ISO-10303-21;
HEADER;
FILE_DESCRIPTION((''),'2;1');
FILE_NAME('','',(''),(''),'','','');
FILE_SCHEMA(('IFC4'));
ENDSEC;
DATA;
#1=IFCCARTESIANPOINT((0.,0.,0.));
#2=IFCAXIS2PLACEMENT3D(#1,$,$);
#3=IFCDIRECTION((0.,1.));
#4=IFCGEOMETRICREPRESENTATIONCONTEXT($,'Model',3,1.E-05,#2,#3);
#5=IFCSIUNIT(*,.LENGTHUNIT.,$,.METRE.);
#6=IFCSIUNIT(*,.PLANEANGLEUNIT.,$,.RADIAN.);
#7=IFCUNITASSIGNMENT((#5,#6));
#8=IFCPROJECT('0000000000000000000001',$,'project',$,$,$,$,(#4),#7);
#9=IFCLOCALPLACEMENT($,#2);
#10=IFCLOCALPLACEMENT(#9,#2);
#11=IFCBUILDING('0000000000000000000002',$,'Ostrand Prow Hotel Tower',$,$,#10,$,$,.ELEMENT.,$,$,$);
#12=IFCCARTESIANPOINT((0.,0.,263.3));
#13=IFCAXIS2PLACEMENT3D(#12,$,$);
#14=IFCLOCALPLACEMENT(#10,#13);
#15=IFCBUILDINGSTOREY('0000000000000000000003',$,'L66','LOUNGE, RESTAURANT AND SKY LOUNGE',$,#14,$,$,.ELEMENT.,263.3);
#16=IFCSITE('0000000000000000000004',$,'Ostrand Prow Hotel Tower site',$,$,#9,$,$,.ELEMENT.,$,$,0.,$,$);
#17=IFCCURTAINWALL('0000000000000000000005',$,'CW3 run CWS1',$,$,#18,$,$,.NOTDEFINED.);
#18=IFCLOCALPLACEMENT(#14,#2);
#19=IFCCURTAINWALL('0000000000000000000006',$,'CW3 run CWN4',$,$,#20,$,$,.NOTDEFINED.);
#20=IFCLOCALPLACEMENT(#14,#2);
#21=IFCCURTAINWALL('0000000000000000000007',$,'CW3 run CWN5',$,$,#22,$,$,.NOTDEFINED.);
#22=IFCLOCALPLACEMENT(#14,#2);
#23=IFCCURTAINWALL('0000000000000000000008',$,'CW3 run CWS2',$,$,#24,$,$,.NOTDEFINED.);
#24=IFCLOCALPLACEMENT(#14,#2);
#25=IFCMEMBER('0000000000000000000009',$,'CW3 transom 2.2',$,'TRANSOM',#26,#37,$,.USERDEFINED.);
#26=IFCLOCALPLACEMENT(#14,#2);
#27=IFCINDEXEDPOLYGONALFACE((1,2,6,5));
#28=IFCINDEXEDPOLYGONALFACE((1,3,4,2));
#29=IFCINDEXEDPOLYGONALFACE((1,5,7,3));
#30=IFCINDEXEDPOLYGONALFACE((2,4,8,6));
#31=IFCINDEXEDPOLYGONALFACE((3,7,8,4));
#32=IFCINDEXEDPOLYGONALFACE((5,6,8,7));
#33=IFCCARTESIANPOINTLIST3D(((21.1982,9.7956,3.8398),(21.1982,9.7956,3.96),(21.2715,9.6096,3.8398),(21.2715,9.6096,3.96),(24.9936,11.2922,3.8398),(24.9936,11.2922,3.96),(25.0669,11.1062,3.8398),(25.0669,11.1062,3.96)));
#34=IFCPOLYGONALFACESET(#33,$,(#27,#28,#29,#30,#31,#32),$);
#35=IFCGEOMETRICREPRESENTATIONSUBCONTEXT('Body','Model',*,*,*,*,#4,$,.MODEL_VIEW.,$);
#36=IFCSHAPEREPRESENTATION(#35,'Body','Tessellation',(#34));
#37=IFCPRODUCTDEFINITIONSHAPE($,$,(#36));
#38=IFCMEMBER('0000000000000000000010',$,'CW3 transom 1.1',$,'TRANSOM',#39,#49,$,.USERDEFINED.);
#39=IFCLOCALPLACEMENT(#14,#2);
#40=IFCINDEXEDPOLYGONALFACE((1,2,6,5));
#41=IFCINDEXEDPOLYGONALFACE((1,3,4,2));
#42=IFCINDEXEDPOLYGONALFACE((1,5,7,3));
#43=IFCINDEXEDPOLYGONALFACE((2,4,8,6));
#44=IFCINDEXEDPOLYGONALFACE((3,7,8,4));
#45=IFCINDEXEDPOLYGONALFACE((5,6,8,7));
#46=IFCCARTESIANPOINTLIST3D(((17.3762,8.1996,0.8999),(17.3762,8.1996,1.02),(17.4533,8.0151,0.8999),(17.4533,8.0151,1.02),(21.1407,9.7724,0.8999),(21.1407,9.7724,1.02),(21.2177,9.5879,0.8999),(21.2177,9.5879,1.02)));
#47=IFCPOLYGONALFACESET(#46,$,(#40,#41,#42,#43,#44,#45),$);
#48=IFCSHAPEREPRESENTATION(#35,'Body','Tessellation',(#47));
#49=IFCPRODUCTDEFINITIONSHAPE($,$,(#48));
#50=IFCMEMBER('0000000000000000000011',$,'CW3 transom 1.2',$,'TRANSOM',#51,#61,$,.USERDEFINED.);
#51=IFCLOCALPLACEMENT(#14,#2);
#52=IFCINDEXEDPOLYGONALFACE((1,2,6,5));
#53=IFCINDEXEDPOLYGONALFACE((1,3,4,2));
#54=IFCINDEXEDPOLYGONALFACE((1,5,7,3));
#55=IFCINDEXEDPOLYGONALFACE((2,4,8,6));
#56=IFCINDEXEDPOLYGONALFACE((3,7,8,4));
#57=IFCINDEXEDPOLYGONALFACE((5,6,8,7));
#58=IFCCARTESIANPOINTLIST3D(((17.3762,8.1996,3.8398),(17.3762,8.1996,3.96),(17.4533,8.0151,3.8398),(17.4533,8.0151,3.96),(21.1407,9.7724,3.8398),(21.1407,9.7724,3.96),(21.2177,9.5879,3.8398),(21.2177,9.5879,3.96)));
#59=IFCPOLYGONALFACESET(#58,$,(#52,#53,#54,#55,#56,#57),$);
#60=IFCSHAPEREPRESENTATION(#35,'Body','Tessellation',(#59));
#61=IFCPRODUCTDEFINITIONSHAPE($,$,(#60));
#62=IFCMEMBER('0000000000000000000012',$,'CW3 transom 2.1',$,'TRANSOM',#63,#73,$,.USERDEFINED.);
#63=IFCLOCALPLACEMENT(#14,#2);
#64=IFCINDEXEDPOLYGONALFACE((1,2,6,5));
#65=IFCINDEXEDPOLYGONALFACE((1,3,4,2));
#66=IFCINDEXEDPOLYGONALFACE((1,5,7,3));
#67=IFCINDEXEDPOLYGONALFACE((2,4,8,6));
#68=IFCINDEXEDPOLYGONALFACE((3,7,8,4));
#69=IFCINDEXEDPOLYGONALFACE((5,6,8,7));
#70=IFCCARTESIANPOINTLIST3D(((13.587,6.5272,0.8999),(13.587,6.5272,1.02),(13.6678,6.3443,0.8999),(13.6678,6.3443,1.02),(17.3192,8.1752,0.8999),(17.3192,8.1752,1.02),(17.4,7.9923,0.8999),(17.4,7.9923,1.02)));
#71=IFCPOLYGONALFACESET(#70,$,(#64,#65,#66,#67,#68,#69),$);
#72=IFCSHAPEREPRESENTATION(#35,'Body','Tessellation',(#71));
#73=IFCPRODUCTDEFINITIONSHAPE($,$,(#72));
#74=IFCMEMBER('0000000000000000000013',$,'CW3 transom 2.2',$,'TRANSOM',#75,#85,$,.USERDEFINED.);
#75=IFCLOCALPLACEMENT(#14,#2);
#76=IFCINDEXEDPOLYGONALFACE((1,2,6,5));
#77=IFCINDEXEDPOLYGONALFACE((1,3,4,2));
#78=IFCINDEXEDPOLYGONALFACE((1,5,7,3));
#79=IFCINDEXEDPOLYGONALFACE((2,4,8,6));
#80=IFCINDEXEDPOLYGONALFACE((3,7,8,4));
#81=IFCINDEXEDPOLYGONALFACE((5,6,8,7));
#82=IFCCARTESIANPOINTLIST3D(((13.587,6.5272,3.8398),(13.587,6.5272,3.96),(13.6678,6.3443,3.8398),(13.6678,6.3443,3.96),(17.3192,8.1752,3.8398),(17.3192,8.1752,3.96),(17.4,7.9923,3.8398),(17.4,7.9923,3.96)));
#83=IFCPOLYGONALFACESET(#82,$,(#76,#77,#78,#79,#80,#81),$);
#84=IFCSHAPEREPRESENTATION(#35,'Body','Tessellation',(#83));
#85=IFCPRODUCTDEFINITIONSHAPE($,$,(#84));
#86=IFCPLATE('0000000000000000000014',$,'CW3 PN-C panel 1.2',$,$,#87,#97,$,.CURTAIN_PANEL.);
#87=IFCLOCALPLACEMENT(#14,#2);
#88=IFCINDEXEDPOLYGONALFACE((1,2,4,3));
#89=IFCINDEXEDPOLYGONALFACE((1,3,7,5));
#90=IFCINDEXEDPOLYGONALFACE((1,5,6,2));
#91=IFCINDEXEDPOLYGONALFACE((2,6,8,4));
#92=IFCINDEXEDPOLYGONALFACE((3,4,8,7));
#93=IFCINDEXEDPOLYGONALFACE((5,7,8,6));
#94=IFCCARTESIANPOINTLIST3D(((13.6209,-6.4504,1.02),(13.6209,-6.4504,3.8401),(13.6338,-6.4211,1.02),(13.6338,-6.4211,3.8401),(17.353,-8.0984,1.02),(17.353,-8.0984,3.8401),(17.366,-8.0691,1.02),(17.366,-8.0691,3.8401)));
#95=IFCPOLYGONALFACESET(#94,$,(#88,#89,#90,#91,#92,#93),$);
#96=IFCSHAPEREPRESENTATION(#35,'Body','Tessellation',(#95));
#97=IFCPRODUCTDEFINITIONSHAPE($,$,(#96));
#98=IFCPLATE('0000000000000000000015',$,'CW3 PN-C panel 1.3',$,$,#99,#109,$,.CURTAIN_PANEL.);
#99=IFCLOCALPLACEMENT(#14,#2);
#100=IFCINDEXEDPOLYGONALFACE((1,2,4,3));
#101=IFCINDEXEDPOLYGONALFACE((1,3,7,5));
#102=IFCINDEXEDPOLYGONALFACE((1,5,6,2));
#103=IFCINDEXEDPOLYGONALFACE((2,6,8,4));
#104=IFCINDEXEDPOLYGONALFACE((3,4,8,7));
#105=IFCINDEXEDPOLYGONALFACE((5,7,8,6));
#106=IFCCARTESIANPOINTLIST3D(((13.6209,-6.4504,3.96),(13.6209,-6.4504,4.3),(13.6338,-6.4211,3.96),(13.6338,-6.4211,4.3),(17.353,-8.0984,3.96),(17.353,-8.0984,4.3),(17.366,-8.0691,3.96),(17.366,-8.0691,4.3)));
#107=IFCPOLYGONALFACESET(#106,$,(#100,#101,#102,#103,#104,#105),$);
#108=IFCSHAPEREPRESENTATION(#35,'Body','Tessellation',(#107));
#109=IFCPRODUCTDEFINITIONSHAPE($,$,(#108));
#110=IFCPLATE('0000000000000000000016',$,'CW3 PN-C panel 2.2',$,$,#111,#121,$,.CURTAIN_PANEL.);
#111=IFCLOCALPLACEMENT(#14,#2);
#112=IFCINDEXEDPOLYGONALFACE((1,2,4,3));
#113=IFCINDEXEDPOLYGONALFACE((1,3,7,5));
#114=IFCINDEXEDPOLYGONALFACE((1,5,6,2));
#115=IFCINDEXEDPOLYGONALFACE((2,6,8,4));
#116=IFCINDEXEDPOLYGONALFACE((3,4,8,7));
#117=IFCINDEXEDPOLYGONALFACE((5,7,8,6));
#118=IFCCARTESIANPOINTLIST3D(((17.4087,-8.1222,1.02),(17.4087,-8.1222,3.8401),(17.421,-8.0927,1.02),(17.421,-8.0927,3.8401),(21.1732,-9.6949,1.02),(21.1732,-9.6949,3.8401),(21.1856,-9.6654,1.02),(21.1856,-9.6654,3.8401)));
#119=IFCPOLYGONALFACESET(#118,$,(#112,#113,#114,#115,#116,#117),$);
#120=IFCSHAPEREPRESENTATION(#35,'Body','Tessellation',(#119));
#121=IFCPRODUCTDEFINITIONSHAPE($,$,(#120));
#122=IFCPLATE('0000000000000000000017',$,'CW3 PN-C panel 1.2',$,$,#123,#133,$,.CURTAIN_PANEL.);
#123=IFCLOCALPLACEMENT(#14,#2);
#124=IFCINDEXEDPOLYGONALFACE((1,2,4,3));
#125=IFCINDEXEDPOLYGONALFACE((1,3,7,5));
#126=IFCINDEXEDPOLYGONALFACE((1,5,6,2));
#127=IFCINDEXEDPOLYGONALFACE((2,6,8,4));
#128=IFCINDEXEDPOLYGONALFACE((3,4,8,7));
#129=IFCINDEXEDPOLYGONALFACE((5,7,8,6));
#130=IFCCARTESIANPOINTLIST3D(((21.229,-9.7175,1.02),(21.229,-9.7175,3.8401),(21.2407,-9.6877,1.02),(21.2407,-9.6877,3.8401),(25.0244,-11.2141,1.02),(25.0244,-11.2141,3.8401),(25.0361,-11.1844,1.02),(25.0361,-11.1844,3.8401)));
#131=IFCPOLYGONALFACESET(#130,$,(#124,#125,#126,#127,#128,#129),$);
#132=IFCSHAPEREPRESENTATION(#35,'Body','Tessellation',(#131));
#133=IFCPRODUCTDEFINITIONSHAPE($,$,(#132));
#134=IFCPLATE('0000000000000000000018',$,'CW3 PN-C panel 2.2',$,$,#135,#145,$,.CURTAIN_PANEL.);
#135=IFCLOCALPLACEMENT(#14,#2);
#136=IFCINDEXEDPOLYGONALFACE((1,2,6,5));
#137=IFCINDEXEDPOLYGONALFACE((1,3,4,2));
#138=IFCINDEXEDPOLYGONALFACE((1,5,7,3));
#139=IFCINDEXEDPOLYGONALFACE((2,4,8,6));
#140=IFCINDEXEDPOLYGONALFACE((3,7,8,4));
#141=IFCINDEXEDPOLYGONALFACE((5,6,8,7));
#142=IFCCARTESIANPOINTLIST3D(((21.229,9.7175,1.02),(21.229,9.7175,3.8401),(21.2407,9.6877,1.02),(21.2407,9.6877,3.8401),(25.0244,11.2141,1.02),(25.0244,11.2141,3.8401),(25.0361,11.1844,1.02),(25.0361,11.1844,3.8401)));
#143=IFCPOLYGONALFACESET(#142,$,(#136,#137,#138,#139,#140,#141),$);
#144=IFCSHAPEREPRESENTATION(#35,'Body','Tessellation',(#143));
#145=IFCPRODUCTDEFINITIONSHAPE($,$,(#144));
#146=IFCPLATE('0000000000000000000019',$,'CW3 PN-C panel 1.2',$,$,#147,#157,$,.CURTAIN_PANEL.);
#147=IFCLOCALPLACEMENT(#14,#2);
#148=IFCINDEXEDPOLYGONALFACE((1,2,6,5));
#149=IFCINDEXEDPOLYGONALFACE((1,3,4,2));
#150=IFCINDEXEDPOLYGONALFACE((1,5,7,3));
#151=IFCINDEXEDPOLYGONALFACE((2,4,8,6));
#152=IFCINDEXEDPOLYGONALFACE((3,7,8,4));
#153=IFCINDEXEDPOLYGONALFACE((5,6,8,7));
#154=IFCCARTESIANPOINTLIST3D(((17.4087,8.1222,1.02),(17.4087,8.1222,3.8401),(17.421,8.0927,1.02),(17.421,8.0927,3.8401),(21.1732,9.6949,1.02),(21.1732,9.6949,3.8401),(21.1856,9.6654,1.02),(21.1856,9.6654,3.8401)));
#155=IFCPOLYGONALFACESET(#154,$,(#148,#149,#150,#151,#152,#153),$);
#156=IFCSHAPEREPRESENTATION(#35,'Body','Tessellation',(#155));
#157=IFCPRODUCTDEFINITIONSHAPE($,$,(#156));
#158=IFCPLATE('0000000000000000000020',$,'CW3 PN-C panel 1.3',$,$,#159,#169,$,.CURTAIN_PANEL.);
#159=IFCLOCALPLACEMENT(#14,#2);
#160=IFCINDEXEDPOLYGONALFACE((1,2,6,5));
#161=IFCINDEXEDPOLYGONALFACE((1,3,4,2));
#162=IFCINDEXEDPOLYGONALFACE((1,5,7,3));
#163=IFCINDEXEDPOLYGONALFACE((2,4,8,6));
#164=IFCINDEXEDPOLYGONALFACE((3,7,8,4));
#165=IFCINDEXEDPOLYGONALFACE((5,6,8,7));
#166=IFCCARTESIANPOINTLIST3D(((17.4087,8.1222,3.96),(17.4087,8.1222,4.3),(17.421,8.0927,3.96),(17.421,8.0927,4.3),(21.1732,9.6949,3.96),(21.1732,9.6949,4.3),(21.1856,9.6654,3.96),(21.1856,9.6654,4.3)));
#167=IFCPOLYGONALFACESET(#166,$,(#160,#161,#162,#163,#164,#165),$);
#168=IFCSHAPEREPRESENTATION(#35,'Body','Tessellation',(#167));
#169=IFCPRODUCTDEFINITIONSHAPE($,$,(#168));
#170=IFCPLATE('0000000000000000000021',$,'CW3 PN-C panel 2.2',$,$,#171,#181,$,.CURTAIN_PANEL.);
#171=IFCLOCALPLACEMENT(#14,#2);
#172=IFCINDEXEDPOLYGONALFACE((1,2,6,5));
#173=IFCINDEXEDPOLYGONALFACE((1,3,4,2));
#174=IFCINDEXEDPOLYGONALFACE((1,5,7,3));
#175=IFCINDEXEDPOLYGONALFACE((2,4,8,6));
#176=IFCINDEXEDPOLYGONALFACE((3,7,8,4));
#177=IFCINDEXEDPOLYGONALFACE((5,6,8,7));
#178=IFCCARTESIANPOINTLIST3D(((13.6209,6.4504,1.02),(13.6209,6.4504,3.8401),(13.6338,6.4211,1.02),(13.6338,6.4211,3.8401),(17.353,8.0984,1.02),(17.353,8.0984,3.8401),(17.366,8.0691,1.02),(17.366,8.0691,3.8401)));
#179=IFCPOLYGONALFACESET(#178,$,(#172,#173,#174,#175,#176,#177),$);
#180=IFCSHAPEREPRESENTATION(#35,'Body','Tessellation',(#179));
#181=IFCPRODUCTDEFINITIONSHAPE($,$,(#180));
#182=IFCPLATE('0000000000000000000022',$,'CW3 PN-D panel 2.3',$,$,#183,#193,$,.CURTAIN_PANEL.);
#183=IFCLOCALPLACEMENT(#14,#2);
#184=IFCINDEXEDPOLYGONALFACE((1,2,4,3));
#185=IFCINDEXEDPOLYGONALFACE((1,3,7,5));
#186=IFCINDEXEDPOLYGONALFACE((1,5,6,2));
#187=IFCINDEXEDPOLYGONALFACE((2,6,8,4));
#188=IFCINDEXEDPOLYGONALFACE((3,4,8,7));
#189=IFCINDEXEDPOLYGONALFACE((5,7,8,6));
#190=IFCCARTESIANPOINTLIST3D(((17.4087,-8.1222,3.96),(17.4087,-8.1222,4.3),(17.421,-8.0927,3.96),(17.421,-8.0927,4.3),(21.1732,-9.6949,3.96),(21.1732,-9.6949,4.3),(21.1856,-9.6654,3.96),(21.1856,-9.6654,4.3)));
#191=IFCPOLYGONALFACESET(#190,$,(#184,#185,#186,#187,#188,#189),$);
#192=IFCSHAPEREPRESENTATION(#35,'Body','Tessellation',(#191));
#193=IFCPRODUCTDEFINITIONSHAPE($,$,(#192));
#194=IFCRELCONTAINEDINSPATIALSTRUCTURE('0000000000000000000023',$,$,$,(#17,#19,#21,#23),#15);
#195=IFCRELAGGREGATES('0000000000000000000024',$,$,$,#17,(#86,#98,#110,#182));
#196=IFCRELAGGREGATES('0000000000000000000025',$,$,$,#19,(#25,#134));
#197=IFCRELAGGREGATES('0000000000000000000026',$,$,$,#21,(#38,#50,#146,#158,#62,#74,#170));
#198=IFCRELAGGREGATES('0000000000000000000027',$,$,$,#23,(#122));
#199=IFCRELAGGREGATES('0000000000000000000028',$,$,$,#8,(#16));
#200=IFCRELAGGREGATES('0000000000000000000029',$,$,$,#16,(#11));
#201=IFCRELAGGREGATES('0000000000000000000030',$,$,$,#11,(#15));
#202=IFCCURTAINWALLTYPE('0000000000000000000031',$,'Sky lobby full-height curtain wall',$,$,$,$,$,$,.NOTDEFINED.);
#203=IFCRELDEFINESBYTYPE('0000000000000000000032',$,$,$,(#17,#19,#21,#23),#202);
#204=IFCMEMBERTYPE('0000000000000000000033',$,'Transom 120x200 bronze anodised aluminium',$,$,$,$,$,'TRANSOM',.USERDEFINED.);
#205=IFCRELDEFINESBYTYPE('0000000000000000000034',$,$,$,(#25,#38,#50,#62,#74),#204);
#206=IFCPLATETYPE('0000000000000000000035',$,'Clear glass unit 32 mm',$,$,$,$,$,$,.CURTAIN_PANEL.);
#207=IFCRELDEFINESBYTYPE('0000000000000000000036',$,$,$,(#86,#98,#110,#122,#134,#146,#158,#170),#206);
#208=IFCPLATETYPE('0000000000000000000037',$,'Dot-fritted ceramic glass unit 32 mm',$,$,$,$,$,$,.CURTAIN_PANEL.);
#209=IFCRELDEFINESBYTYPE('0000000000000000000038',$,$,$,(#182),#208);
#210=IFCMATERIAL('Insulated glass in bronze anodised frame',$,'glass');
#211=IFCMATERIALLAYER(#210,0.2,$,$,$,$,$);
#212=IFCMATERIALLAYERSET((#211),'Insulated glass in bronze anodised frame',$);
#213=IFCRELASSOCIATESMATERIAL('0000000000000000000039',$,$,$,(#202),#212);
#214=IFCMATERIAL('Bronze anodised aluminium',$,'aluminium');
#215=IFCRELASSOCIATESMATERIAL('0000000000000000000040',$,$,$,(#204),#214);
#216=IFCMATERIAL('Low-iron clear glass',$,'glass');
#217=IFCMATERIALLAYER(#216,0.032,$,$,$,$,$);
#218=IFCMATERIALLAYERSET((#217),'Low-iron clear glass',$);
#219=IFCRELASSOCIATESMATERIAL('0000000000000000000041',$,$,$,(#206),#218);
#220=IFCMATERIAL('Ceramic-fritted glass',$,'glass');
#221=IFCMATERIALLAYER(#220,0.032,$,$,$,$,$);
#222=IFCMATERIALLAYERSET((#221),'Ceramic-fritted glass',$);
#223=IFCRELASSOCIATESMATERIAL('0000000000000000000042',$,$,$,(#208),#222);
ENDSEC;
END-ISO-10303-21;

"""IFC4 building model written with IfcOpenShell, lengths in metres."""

from ifc_helpers import new_model, si_unit, direction, frame, origin, origin_2d, place, context, subcontext, project, spatial, rectangle, extrude, material, layer, layer_set, material_profile, profile_set, type_object, element, aggregate, save


model = new_model("IFC4")

# Units and contexts
model_context = context("Model", 3, precision=1e-05, world=origin(), true_north=direction((0.0, 1.0)))
body_context = subcontext(model_context, "Body", "Model", "MODEL_VIEW")
ifc_project = project(units=[si_unit("LENGTHUNIT", "METRE"), si_unit("PLANEANGLEUNIT", "RADIAN")], contexts=[model_context])

# Site, building, storey
site_placement = place(None, origin())
site = spatial("IfcSite", under=ifc_project, at=site_placement, Name="Ostrand Prow Hotel Tower site", CompositionType="ELEMENT", RefElevation=0.0)
building_placement = place(site_placement, origin())
building = spatial("IfcBuilding", under=site, at=building_placement, Name="Ostrand Prow Hotel Tower", CompositionType="ELEMENT")
storey_placement = place(building_placement, frame((0.0, 0.0, 263.3)))
storey = spatial("IfcBuildingStorey", under=building, at=storey_placement, Name="L66", Description="LOUNGE, RESTAURANT AND SKY LOUNGE", CompositionType="ELEMENT", Elevation=263.3)

# Curtain wall
ifc_material_1 = material(Name="Insulated glass in bronze anodised frame", Category="glass")
ifc_layer_1 = layer(ifc_material_1, 0.2)
ifc_layer_set_1 = layer_set([ifc_layer_1], Name="Insulated glass in bronze anodised frame")
curtain_wall_type = type_object("IfcCurtainWallType", Name="Sky lobby full-height curtain wall", PredefinedType="NOTDEFINED", material=ifc_layer_set_1)
curtain_wall_1_placement = place(storey_placement, origin())
curtain_wall_1 = element("IfcCurtainWall", 1, at=curtain_wall_1_placement, inside=storey, type_object=curtain_wall_type, Name="CW3 run CWS1", PredefinedType="NOTDEFINED")

# Curtain walls
curtain_wall_2_placement = place(storey_placement, origin())
curtain_wall_2 = element("IfcCurtainWall", 2, at=curtain_wall_2_placement, inside=storey, type_object=curtain_wall_type, Name="CW3 run CWN4", PredefinedType="NOTDEFINED")
curtain_wall_3_placement = place(storey_placement, origin())
curtain_wall_3 = element("IfcCurtainWall", 3, at=curtain_wall_3_placement, inside=storey, type_object=curtain_wall_type, Name="CW3 run CWN5", PredefinedType="NOTDEFINED")

# Shared definitions
ifc_material_2 = material(Name="Bronze anodised aluminium", Category="aluminium")
ifc_material_profile_1 = material_profile(ifc_material_2, rectangle(XDim=0.2, YDim=0.1201, at=origin_2d()), Name="Transom 120x200 bronze anodised aluminium")
ifc_profile_set_1 = profile_set([ifc_material_profile_1], Name="Bronze anodised aluminium")
member_type_1 = type_object("IfcMemberType", Name="Transom 120x200 bronze anodised aluminium", ElementType="TRANSOM", PredefinedType="USERDEFINED", material=ifc_profile_set_1)

# Curtain wall
curtain_wall_4_placement = place(storey_placement, origin())
curtain_wall_4 = element("IfcCurtainWall", 4, at=curtain_wall_4_placement, inside=storey, type_object=curtain_wall_type, Name="CW3 run CWS2", PredefinedType="NOTDEFINED")

# Members
member_1_placement = place(storey_placement, frame((25.0303, 11.1992, 3.8999), z_axis=(-0.93029, -0.366826, 0.0), x_axis=(0.366826, -0.93029, 0.0)))
member_1 = element("IfcMember", 5, at=member_1_placement, type_object=member_type_1, Name="CW3 transom 2.2", ObjectType="TRANSOM", PredefinedType="USERDEFINED", context=body_context, shape_type="SweptSolid", body=[
    extrude(rectangle(XDim=0.2, YDim=0.1201, at=origin_2d()), origin(), (0.0, 0.0, 1.0), 4.0798),
])
member_2_placement = place(storey_placement, frame((21.1792, 9.6802, 0.96), z_axis=(-0.922706, -0.385503, 0.0), x_axis=(0.385503, -0.922706, 0.0)))
member_2 = element("IfcMember", 6, at=member_2_placement, type_object=member_type_1, Name="CW3 transom 1.1", ObjectType="TRANSOM", PredefinedType="USERDEFINED", context=body_context, shape_type="SweptSolid", body=[
    extrude(rectangle(XDim=0.2, YDim=0.1201, at=origin_2d()), origin(), (0.0, 0.0, 1.0), 4.0798),
])
member_3_placement = place(storey_placement, frame((21.1792, 9.6802, 3.8999), z_axis=(-0.922706, -0.385503, 0.0), x_axis=(0.385503, -0.922706, 0.0)))
member_3 = element("IfcMember", 7, at=member_3_placement, type_object=member_type_1, Name="CW3 transom 1.2", ObjectType="TRANSOM", PredefinedType="USERDEFINED", context=body_context, shape_type="SweptSolid", body=[
    extrude(rectangle(XDim=0.2, YDim=0.1201, at=origin_2d()), origin(), (0.0, 0.0, 1.0), 4.0798),
])
member_4_placement = place(storey_placement, frame((17.3596, 8.0837, 0.96), z_axis=(-0.914791, -0.403927, 0.0), x_axis=(0.403927, -0.914791, 0.0)))
member_4 = element("IfcMember", 8, at=member_4_placement, type_object=member_type_1, Name="CW3 transom 2.1", ObjectType="TRANSOM", PredefinedType="USERDEFINED", context=body_context, shape_type="SweptSolid", body=[
    extrude(rectangle(XDim=0.2, YDim=0.1201, at=origin_2d()), origin(), (0.0, 0.0, 1.0), 4.0798),
])
member_5_placement = place(storey_placement, frame((17.3596, 8.0837, 3.8999), z_axis=(-0.914791, -0.403927, 0.0), x_axis=(0.403927, -0.914791, 0.0)))
member_5 = element("IfcMember", 9, at=member_5_placement, type_object=member_type_1, Name="CW3 transom 2.2", ObjectType="TRANSOM", PredefinedType="USERDEFINED", context=body_context, shape_type="SweptSolid", body=[
    extrude(rectangle(XDim=0.2, YDim=0.1201, at=origin_2d()), origin(), (0.0, 0.0, 1.0), 4.0798),
])

# Plates
ifc_material_3 = material(Name="Low-iron clear glass", Category="glass")
ifc_layer_2 = layer(ifc_material_3, 0.032)
ifc_layer_set_2 = layer_set([ifc_layer_2], Name="Low-iron clear glass")
plate_type_1 = type_object("IfcPlateType", Name="Clear glass unit 32 mm", PredefinedType="CURTAIN_PANEL", material=ifc_layer_set_2)
plate_1_placement = place(storey_placement, frame((15.4934, -7.2598, 1.02), z_axis=(0.0, 0.0, 1.0), x_axis=(0.914786, -0.40394, 0.0)))
plate_1 = element("IfcPlate", 10, at=plate_1_placement, type_object=plate_type_1, Name="CW3 PN-C panel 1.2", PredefinedType="CURTAIN_PANEL", context=body_context, shape_type="SweptSolid", body=[
    extrude(rectangle(XDim=4.0798, YDim=0.032, at=origin_2d()), origin(), (0.0, 0.0, 1.0), 2.8201),
])
plate_2_placement = place(storey_placement, frame((15.4934, -7.2598, 3.96), z_axis=(0.0, 0.0, 1.0), x_axis=(0.914786, -0.40394, 0.0)))
plate_2 = element("IfcPlate", 11, at=plate_2_placement, type_object=plate_type_1, Name="CW3 PN-C panel 1.3", PredefinedType="CURTAIN_PANEL", context=body_context, shape_type="SweptSolid", body=[
    extrude(rectangle(XDim=4.0798, YDim=0.032, at=origin_2d()), origin(), (0.0, 0.0, 1.0), 0.3401),
])
plate_3_placement = place(storey_placement, frame((19.2971, -8.8938, 1.02), z_axis=(0.0, 0.0, 1.0), x_axis=(0.92272, -0.385471, 0.0)))
plate_3 = element("IfcPlate", 12, at=plate_3_placement, type_object=plate_type_1, Name="CW3 PN-C panel 2.2", PredefinedType="CURTAIN_PANEL", context=body_context, shape_type="SweptSolid", body=[
    extrude(rectangle(XDim=4.0798, YDim=0.032, at=origin_2d()), origin(), (0.0, 0.0, 1.0), 2.8201),
])
plate_4_placement = place(storey_placement, frame((23.1326, -10.4509, 1.02), z_axis=(0.0, 0.0, 1.0), x_axis=(0.930282, -0.366845, 0.0)))
plate_4 = element("IfcPlate", 13, at=plate_4_placement, type_object=plate_type_1, Name="CW3 PN-C panel 1.2", PredefinedType="CURTAIN_PANEL", context=body_context, shape_type="SweptSolid", body=[
    extrude(rectangle(XDim=4.0798, YDim=0.032, at=origin_2d()), origin(), (0.0, 0.0, 1.0), 2.8201),
])
plate_5_placement = place(storey_placement, frame((23.1326, 10.4509, 1.02), z_axis=(0.0, 0.0, 1.0), x_axis=(-0.930282, -0.366845, 0.0)))
plate_5 = element("IfcPlate", 14, at=plate_5_placement, type_object=plate_type_1, Name="CW3 PN-C panel 2.2", PredefinedType="CURTAIN_PANEL", context=body_context, shape_type="SweptSolid", body=[
    extrude(rectangle(XDim=4.0798, YDim=0.032, at=origin_2d()), origin(), (0.0, 0.0, 1.0), 2.8201),
])
plate_6_placement = place(storey_placement, frame((19.2971, 8.8938, 1.02), z_axis=(0.0, 0.0, 1.0), x_axis=(-0.92272, -0.385471, 0.0)))
plate_6 = element("IfcPlate", 15, at=plate_6_placement, type_object=plate_type_1, Name="CW3 PN-C panel 1.2", PredefinedType="CURTAIN_PANEL", context=body_context, shape_type="SweptSolid", body=[
    extrude(rectangle(XDim=4.0798, YDim=0.032, at=origin_2d()), origin(), (0.0, 0.0, 1.0), 2.8201),
])
plate_7_placement = place(storey_placement, frame((19.2971, 8.8938, 3.96), z_axis=(0.0, 0.0, 1.0), x_axis=(-0.92272, -0.385471, 0.0)))
plate_7 = element("IfcPlate", 16, at=plate_7_placement, type_object=plate_type_1, Name="CW3 PN-C panel 1.3", PredefinedType="CURTAIN_PANEL", context=body_context, shape_type="SweptSolid", body=[
    extrude(rectangle(XDim=4.0798, YDim=0.032, at=origin_2d()), origin(), (0.0, 0.0, 1.0), 0.3401),
])
plate_8_placement = place(storey_placement, frame((15.4934, 7.2598, 1.02), z_axis=(0.0, 0.0, 1.0), x_axis=(-0.914786, -0.40394, 0.0)))
plate_8 = element("IfcPlate", 17, at=plate_8_placement, type_object=plate_type_1, Name="CW3 PN-C panel 2.2", PredefinedType="CURTAIN_PANEL", context=body_context, shape_type="SweptSolid", body=[
    extrude(rectangle(XDim=4.0798, YDim=0.032, at=origin_2d()), origin(), (0.0, 0.0, 1.0), 2.8201),
])
ifc_material_4 = material(Name="Ceramic-fritted glass", Category="glass")
ifc_layer_3 = layer(ifc_material_4, 0.032)
ifc_layer_set_3 = layer_set([ifc_layer_3], Name="Ceramic-fritted glass")
plate_type_2 = type_object("IfcPlateType", Name="Dot-fritted ceramic glass unit 32 mm", PredefinedType="CURTAIN_PANEL", material=ifc_layer_set_3)
plate_9_placement = place(storey_placement, frame((19.2971, -8.8938, 3.96), z_axis=(0.0, 0.0, 1.0), x_axis=(0.92272, -0.385471, 0.0)))
plate_9 = element("IfcPlate", 18, at=plate_9_placement, type_object=plate_type_2, Name="CW3 PN-D panel 2.3", PredefinedType="CURTAIN_PANEL", context=body_context, shape_type="SweptSolid", body=[
    extrude(rectangle(XDim=4.0798, YDim=0.032, at=origin_2d()), origin(), (0.0, 0.0, 1.0), 0.3401),
])
aggregate(curtain_wall_1, [plate_1, plate_2, plate_3, plate_9])
aggregate(curtain_wall_2, [member_1, plate_5])
aggregate(curtain_wall_3, [member_2, member_3, plate_6, plate_7, member_4, member_5, plate_8])
aggregate(curtain_wall_4, [plate_4])

save(model, "model.ifc")
